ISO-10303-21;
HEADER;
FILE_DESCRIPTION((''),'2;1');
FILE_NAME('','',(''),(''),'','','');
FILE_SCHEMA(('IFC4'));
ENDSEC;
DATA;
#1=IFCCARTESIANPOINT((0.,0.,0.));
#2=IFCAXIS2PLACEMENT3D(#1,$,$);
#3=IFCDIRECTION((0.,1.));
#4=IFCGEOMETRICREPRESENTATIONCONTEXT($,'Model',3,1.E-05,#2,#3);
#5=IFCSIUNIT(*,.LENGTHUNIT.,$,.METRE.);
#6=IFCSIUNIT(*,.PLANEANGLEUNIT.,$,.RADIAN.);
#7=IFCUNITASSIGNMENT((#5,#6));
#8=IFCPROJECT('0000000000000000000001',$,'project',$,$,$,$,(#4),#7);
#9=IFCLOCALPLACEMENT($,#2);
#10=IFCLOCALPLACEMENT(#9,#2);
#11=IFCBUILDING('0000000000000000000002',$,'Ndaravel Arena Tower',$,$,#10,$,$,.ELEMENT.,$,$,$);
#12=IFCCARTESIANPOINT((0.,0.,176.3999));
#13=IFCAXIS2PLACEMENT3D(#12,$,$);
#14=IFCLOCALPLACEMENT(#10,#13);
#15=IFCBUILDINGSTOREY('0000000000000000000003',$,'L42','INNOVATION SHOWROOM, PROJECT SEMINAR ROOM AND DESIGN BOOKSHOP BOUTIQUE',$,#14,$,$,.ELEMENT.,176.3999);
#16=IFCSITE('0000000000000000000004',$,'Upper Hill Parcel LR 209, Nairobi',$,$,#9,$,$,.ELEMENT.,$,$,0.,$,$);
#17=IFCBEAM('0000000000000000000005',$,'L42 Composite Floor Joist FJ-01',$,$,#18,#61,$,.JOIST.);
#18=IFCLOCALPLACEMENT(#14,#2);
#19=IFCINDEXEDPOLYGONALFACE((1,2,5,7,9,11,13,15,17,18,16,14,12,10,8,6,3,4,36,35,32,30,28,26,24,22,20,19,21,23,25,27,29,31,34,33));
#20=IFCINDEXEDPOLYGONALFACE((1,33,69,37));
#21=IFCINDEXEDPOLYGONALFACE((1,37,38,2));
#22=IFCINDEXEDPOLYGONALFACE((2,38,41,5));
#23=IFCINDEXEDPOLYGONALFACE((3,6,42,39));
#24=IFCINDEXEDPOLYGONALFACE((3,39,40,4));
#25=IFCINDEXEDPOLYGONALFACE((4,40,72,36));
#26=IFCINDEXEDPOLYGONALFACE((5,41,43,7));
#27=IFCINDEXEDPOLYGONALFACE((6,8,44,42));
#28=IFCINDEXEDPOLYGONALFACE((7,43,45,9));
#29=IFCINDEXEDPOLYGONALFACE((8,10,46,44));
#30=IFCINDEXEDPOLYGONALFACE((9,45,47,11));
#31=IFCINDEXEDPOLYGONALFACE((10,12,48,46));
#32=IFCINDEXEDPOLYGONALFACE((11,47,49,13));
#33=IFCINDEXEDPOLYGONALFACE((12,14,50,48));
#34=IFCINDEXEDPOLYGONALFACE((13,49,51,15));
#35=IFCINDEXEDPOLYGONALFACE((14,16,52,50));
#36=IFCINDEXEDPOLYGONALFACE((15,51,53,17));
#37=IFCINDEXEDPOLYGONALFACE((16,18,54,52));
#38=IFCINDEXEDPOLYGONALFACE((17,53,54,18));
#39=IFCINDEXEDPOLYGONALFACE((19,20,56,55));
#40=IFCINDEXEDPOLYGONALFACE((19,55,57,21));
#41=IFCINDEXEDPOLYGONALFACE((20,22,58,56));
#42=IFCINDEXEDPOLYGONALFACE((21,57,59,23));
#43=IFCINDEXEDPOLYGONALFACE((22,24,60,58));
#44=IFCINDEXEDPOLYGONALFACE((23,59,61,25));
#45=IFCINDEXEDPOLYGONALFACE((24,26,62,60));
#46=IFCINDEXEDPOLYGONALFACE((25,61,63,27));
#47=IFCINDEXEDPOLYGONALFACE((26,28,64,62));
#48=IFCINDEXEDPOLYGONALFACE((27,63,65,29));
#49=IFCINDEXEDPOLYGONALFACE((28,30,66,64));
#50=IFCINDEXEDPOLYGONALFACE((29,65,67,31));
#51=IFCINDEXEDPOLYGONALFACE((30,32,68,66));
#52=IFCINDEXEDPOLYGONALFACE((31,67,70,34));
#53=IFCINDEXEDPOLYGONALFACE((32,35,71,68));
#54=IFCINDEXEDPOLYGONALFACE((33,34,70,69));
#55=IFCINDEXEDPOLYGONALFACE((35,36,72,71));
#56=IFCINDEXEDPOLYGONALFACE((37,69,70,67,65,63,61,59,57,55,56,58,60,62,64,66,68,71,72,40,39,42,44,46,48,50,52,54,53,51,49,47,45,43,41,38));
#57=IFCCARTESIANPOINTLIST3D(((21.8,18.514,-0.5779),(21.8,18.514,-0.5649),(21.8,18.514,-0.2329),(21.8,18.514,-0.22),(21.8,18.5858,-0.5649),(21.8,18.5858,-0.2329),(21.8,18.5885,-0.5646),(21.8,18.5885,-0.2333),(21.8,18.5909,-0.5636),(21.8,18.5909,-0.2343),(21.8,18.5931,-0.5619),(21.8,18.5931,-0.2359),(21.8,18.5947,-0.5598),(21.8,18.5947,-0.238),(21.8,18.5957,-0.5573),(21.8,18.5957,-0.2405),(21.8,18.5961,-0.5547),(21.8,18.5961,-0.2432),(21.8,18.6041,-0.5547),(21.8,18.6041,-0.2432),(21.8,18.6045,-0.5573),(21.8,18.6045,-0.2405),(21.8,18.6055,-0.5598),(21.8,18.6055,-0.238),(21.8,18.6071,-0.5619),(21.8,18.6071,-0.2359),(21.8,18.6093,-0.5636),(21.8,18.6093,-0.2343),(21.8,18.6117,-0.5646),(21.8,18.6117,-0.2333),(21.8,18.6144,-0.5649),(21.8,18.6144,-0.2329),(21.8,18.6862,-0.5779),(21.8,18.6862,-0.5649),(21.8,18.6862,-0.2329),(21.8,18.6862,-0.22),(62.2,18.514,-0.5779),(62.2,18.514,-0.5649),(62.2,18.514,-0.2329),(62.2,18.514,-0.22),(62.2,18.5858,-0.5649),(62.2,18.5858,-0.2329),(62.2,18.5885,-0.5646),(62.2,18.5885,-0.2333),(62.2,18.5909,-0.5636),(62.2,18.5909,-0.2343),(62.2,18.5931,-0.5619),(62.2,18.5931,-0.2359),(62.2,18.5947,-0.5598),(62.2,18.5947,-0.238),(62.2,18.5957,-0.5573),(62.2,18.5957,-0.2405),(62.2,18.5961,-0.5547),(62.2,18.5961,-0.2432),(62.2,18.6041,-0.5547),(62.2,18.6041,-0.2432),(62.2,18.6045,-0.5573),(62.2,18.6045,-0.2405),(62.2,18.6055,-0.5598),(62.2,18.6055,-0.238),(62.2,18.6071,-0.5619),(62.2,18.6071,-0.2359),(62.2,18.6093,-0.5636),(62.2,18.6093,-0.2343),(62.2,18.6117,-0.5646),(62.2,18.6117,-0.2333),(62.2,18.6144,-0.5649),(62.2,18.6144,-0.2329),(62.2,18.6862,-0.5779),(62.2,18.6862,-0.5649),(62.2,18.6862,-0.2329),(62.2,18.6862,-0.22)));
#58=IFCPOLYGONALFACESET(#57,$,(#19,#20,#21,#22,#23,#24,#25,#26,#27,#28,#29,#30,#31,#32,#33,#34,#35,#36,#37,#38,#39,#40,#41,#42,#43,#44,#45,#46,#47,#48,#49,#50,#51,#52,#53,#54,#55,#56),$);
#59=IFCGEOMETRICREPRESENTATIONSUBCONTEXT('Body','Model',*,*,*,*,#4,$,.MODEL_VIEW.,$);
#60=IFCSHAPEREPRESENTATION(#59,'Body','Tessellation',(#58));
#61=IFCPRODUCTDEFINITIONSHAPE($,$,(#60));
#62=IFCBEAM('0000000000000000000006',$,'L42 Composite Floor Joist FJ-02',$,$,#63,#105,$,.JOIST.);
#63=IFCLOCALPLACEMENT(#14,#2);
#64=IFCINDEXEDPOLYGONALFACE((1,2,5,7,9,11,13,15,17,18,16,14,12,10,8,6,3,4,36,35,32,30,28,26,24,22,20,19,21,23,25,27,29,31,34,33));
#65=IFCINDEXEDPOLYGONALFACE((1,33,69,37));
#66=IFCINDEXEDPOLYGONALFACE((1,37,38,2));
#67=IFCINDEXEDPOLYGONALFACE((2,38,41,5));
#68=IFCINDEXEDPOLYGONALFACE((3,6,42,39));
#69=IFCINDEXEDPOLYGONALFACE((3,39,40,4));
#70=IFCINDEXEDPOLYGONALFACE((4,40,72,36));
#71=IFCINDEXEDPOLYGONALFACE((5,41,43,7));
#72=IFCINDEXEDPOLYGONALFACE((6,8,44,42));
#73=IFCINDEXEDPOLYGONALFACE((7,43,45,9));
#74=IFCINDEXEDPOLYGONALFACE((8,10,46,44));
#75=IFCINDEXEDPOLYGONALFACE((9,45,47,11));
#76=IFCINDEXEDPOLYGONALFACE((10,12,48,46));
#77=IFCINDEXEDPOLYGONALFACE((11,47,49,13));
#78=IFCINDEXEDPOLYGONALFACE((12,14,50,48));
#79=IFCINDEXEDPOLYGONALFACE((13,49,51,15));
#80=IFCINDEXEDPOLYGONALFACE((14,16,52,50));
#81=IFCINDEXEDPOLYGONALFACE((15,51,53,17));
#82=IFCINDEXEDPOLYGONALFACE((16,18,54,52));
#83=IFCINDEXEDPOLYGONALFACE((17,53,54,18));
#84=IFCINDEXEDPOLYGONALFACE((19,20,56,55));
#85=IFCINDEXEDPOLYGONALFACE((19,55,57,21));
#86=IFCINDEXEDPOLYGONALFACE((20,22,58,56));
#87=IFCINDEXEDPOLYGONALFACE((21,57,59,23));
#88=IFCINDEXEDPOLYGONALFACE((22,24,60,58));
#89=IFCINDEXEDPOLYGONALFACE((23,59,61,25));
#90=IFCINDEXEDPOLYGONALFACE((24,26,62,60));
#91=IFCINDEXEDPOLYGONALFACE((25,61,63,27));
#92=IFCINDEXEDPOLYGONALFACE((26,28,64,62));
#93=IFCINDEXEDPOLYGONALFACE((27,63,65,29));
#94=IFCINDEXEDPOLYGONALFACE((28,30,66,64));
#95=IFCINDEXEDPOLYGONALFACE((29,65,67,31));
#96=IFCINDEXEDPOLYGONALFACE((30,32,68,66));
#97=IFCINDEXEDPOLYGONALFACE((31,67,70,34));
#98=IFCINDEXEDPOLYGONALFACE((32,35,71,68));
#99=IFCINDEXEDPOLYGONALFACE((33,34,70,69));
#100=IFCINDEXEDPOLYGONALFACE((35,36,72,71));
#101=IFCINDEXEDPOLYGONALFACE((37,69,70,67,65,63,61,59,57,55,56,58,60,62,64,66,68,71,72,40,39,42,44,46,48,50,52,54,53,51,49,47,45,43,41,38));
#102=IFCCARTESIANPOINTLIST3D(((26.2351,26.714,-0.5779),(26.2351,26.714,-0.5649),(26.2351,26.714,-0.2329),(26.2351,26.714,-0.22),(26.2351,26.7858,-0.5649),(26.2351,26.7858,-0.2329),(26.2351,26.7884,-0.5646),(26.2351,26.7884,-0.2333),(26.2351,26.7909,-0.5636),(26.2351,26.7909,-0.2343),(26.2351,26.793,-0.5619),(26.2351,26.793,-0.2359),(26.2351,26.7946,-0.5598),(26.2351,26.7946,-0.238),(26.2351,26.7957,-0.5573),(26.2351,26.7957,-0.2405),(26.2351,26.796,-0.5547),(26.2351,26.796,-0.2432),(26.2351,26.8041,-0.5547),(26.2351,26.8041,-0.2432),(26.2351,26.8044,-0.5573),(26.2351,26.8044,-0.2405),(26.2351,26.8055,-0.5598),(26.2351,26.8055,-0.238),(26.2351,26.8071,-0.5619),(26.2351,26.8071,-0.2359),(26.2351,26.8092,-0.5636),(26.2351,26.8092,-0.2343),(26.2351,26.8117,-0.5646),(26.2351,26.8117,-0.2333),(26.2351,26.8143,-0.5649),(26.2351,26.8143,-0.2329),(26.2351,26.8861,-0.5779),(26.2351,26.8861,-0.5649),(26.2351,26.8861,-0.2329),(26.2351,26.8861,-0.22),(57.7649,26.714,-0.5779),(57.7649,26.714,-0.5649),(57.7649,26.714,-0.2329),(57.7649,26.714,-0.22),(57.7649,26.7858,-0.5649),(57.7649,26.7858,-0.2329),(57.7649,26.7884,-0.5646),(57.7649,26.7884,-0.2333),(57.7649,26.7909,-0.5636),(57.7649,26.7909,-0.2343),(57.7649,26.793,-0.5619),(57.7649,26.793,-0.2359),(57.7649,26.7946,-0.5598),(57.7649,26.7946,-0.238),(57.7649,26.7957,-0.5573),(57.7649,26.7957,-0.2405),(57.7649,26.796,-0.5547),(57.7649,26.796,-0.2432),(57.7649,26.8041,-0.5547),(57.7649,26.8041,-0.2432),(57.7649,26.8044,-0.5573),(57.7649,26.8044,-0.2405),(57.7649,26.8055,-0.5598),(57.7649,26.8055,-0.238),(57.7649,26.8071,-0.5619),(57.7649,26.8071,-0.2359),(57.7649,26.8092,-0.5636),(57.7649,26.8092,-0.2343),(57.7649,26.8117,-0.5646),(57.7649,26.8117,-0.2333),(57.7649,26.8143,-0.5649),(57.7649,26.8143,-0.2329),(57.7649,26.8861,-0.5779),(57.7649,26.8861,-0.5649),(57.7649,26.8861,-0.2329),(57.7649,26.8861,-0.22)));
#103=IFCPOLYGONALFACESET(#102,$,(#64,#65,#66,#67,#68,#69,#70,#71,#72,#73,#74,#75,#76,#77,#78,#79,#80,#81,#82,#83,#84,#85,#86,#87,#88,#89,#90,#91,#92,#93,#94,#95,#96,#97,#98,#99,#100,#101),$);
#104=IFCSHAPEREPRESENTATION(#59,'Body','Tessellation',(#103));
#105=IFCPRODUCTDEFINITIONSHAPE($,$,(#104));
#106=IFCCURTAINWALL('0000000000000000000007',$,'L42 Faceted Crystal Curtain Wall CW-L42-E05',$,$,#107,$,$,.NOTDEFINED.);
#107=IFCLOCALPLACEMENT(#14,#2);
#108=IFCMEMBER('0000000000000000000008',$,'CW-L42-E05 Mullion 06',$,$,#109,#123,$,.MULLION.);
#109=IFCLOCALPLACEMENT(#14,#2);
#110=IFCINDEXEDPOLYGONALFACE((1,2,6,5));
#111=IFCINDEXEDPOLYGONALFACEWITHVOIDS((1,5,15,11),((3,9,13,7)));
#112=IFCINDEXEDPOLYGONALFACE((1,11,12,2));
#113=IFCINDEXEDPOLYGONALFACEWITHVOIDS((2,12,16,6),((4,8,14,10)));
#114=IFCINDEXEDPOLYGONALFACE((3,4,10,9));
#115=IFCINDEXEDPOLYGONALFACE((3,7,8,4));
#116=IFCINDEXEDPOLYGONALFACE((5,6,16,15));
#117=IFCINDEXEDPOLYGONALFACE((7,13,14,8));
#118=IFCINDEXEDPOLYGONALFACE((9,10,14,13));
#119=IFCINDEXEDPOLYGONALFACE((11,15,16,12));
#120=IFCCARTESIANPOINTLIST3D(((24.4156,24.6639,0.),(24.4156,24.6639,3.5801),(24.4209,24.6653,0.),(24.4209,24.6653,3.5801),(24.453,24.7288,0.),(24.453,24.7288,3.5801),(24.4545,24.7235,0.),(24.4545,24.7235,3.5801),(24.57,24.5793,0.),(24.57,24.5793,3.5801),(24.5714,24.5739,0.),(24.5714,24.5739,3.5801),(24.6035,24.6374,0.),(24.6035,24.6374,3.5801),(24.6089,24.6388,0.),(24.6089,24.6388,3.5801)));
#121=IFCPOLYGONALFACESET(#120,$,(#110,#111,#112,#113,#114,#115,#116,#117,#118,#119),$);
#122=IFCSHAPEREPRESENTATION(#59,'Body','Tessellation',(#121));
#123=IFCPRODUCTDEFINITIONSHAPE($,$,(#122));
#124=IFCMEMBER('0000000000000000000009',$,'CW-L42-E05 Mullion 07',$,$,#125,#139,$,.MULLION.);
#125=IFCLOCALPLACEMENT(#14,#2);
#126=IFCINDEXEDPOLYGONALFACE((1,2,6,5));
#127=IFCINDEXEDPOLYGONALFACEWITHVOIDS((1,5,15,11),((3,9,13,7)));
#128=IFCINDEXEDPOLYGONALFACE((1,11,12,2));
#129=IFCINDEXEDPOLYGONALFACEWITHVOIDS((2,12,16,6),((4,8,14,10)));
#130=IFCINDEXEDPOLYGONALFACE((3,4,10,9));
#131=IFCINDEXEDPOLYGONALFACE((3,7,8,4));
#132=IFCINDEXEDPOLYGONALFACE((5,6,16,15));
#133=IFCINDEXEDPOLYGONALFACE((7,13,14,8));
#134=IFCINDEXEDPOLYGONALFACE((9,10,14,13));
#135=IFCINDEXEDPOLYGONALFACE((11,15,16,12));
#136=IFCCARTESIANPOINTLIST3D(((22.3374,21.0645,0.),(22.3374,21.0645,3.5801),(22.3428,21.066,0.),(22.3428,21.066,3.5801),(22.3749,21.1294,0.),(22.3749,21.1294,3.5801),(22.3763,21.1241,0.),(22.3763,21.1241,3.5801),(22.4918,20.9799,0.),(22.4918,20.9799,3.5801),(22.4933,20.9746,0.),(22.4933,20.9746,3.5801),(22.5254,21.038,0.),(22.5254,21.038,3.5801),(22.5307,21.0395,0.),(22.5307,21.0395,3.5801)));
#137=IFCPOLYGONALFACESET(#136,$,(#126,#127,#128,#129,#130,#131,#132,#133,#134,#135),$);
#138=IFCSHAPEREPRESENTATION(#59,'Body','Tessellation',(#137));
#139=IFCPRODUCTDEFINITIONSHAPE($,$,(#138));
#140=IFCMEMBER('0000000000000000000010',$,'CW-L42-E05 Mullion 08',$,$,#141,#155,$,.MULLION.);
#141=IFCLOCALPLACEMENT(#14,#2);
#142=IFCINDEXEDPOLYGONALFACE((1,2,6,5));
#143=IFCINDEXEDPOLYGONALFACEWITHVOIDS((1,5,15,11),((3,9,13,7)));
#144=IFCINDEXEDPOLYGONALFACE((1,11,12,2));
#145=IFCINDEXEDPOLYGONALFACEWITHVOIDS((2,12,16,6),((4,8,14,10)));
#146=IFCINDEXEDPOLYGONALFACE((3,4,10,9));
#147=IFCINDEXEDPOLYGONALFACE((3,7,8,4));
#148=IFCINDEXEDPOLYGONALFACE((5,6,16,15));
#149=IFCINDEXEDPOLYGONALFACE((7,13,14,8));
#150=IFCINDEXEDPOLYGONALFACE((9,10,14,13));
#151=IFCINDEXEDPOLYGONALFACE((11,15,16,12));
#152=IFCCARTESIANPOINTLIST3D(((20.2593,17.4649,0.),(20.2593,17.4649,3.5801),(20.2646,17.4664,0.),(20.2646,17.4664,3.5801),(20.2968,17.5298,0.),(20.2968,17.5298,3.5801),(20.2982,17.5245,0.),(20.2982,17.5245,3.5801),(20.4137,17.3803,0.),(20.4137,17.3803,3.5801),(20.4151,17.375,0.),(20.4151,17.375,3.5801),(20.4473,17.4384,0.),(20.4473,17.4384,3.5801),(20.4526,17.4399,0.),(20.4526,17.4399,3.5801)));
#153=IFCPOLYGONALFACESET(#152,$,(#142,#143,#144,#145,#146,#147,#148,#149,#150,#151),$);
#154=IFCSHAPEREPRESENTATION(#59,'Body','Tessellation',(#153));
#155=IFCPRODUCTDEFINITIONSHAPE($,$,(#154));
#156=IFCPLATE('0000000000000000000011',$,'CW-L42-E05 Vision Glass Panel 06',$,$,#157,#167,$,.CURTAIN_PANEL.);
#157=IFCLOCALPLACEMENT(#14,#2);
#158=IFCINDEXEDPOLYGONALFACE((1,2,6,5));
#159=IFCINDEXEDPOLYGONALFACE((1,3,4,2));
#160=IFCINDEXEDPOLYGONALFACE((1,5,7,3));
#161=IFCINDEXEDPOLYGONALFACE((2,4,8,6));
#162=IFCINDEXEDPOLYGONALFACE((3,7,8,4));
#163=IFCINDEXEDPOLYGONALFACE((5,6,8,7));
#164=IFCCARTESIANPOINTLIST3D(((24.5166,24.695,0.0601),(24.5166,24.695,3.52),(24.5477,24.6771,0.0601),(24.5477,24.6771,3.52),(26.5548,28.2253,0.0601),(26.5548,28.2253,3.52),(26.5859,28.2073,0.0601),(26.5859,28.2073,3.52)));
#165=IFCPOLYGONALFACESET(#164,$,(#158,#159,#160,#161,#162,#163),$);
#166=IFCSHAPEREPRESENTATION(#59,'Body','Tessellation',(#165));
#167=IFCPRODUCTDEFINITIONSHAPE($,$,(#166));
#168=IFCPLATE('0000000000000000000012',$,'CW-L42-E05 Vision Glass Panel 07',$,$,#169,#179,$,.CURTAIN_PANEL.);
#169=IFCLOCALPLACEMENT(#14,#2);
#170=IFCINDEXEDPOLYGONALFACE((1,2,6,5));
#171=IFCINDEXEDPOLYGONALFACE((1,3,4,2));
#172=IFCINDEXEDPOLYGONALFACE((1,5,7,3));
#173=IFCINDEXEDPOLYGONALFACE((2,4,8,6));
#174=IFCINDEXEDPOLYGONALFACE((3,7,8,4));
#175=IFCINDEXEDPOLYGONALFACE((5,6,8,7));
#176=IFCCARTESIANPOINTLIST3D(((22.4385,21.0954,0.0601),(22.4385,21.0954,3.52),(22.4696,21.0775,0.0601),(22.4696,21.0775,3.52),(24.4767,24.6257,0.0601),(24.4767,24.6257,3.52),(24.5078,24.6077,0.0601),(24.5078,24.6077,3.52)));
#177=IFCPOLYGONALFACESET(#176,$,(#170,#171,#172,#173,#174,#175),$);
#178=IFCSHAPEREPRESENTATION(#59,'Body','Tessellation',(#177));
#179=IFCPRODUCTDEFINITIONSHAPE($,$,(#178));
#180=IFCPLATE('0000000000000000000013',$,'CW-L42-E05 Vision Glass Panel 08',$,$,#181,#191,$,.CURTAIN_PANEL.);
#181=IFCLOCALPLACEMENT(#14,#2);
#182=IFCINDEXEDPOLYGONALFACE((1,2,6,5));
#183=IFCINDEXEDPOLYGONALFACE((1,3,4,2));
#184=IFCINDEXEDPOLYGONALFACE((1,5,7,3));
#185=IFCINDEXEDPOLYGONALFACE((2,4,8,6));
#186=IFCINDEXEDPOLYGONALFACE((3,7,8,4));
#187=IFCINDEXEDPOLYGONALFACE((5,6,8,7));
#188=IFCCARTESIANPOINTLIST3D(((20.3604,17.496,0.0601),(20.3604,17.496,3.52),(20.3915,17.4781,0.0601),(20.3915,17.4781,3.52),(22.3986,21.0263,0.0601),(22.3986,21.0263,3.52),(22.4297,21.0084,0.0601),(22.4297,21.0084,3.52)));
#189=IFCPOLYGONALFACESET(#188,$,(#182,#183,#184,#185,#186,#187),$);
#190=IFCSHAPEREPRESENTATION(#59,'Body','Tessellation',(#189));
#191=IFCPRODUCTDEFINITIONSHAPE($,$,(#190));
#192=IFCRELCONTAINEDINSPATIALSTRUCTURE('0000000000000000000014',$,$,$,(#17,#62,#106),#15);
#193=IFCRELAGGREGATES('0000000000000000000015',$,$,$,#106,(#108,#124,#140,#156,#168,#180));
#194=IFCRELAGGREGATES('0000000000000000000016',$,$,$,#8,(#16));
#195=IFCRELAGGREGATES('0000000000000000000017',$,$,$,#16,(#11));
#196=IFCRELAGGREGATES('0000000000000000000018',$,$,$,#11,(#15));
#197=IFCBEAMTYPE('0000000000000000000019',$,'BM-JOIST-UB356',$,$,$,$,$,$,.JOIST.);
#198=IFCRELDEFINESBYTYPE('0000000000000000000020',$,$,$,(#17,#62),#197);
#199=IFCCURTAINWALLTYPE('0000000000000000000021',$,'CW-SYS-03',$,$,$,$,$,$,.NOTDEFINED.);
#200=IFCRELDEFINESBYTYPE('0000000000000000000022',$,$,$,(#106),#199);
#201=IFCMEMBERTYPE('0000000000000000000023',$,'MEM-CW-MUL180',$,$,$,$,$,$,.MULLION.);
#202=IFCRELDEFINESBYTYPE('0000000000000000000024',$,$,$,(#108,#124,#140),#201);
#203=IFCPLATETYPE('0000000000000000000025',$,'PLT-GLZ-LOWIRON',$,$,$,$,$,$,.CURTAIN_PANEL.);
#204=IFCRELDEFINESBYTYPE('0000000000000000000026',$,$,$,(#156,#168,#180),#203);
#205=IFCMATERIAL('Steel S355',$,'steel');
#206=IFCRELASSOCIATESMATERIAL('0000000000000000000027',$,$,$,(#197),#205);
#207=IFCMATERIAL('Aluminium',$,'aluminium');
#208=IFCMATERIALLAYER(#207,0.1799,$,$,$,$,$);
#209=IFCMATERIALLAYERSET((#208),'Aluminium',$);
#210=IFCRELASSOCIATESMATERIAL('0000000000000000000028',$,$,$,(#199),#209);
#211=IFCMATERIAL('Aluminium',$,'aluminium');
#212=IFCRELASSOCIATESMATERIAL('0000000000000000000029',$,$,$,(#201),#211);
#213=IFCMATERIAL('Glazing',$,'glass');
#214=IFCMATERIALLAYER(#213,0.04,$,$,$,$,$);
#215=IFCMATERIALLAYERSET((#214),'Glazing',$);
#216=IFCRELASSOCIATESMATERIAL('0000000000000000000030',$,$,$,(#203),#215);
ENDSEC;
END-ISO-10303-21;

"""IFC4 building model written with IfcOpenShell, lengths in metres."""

from ifc_helpers import new_model, si_unit, direction, frame, origin, origin_2d, place, context, subcontext, project, spatial, rectangle, hollow_rectangle, i_section, extrude, material, layer, layer_set, material_profile, profile_set, type_object, element, aggregate, save


model = new_model("IFC4")

# Units and contexts
model_context = context("Model", 3, precision=1e-05, world=origin(), true_north=direction((0.0, 1.0)))
body_context = subcontext(model_context, "Body", "Model", "MODEL_VIEW")
ifc_project = project(units=[si_unit("LENGTHUNIT", "METRE"), si_unit("PLANEANGLEUNIT", "RADIAN")], contexts=[model_context])

# Site, building, storey
site_placement = place(None, origin())
site = spatial("IfcSite", under=ifc_project, at=site_placement, Name="Upper Hill Parcel LR 209, Nairobi", CompositionType="ELEMENT", RefElevation=0.0)
building_placement = place(site_placement, origin())
building = spatial("IfcBuilding", under=site, at=building_placement, Name="Ndaravel Arena Tower", CompositionType="ELEMENT")
storey_placement = place(building_placement, frame((0.0, 0.0, 176.3999)))
storey = spatial("IfcBuildingStorey", under=building, at=storey_placement, Name="L42", Description="INNOVATION SHOWROOM, PROJECT SEMINAR ROOM AND DESIGN BOOKSHOP BOUTIQUE", CompositionType="ELEMENT", Elevation=176.3999)

# Beams
ifc_material_1 = material(Name="Steel S355", Category="steel")
ifc_material_profile_1 = material_profile(ifc_material_1, i_section(OverallWidth=0.1721, OverallDepth=0.3579, WebThickness=0.0081, FlangeThickness=0.0129, FilletRadius=0.0103, at=origin_2d()), Name="UB 356x171x57")
ifc_profile_set_1 = profile_set([ifc_material_profile_1], Name="Steel S355")
beam_type = type_object("IfcBeamType", Name="BM-JOIST-UB356", PredefinedType="JOIST", material=ifc_profile_set_1)
beam_1_placement = place(storey_placement, frame((21.8, 18.6001, -0.3989), z_axis=(1.0, 0.0, 0.0), x_axis=(0.0, 1.0, 0.0)))
element("IfcBeam", 1, at=beam_1_placement, inside=storey, type_object=beam_type, Name="L42 Composite Floor Joist FJ-01", PredefinedType="JOIST", context=body_context, shape_type="SweptSolid", body=[
    extrude(i_section(OverallWidth=0.1721, OverallDepth=0.3579, WebThickness=0.0081, FlangeThickness=0.0129, FilletRadius=0.0103, at=origin_2d()), origin(), (0.0, 0.0, 1.0), 40.3999),
])
beam_2_placement = place(storey_placement, frame((26.2351, 26.8, -0.3989), z_axis=(1.0, 0.0, 0.0), x_axis=(0.0, 1.0, 0.0)))
element("IfcBeam", 2, at=beam_2_placement, inside=storey, type_object=beam_type, Name="L42 Composite Floor Joist FJ-02", PredefinedType="JOIST", context=body_context, shape_type="SweptSolid", body=[
    extrude(i_section(OverallWidth=0.1721, OverallDepth=0.3579, WebThickness=0.0081, FlangeThickness=0.0129, FilletRadius=0.0103, at=origin_2d()), origin(), (0.0, 0.0, 1.0), 31.5298),
])

# Curtain wall, members, plates
ifc_material_2 = material(Name="Aluminium", Category="aluminium")
ifc_layer_1 = layer(ifc_material_2, 0.1799)
ifc_layer_set_1 = layer_set([ifc_layer_1], Name="Aluminium")
curtain_wall_type = type_object("IfcCurtainWallType", Name="CW-SYS-03", PredefinedType="NOTDEFINED", material=ifc_layer_set_1)
curtain_wall_placement = place(storey_placement, origin())
curtain_wall = element("IfcCurtainWall", 3, at=curtain_wall_placement, inside=storey, type_object=curtain_wall_type, Name="L42 Faceted Crystal Curtain Wall CW-L42-E05", PredefinedType="NOTDEFINED")
ifc_material_3 = material(Name="Aluminium", Category="aluminium")
ifc_material_profile_2 = material_profile(ifc_material_3, hollow_rectangle(XDim=0.075, YDim=0.1799, WallThickness=0.0039, at=origin_2d()), Name="CW MULLION 75x180x4")
ifc_profile_set_2 = profile_set([ifc_material_profile_2], Name="Aluminium")
member_type = type_object("IfcMemberType", Name="MEM-CW-MUL180", PredefinedType="MULLION", material=ifc_profile_set_2)
member_1_placement = place(storey_placement, frame((24.5122, 24.6514, 0.0), z_axis=(0.0, 0.0, 1.0), x_axis=(-0.5, -0.866025, 0.0)))
member_1 = element("IfcMember", 4, at=member_1_placement, type_object=member_type, Name="CW-L42-E05 Mullion 06", PredefinedType="MULLION", context=body_context, shape_type="SweptSolid", body=[
    extrude(hollow_rectangle(XDim=0.075, YDim=0.1799, WallThickness=0.0039, at=origin_2d()), origin(), (0.0, 0.0, 1.0), 3.5801),
])
member_2_placement = place(storey_placement, frame((22.4341, 21.052, 0.0), z_axis=(0.0, 0.0, 1.0), x_axis=(-0.5, -0.866025, 0.0)))
member_2 = element("IfcMember", 5, at=member_2_placement, type_object=member_type, Name="CW-L42-E05 Mullion 07", PredefinedType="MULLION", context=body_context, shape_type="SweptSolid", body=[
    extrude(hollow_rectangle(XDim=0.075, YDim=0.1799, WallThickness=0.0039, at=origin_2d()), origin(), (0.0, 0.0, 1.0), 3.5801),
])
member_3_placement = place(storey_placement, frame((20.356, 17.4524, 0.0), z_axis=(0.0, 0.0, 1.0), x_axis=(-0.5, -0.866025, 0.0)))
member_3 = element("IfcMember", 6, at=member_3_placement, type_object=member_type, Name="CW-L42-E05 Mullion 08", PredefinedType="MULLION", context=body_context, shape_type="SweptSolid", body=[
    extrude(hollow_rectangle(XDim=0.075, YDim=0.1799, WallThickness=0.0039, at=origin_2d()), origin(), (0.0, 0.0, 1.0), 3.5801),
])
ifc_material_4 = material(Name="Glazing", Category="glass")
ifc_layer_2 = layer(ifc_material_4, 0.04)
ifc_layer_set_2 = layer_set([ifc_layer_2], Name="Glazing")
plate_type = type_object("IfcPlateType", Name="PLT-GLZ-LOWIRON", PredefinedType="CURTAIN_PANEL", material=ifc_layer_set_2)
plate_1_placement = place(storey_placement, frame((25.5513, 26.4512, 0.0601), z_axis=(0.0, 0.0, 1.0), x_axis=(-0.5, -0.866025, 0.0)))
plate_1 = element("IfcPlate", 7, at=plate_1_placement, type_object=plate_type, Name="CW-L42-E05 Vision Glass Panel 06", PredefinedType="CURTAIN_PANEL", context=body_context, shape_type="SweptSolid", body=[
    extrude(rectangle(XDim=4.0764, YDim=0.0359, at=origin_2d()), origin(), (0.0, 0.0, 1.0), 3.46),
])
plate_2_placement = place(storey_placement, frame((23.4731, 22.8516, 0.0601), z_axis=(0.0, 0.0, 1.0), x_axis=(-0.5, -0.866025, 0.0)))
plate_2 = element("IfcPlate", 8, at=plate_2_placement, type_object=plate_type, Name="CW-L42-E05 Vision Glass Panel 07", PredefinedType="CURTAIN_PANEL", context=body_context, shape_type="SweptSolid", body=[
    extrude(rectangle(XDim=4.0764, YDim=0.0359, at=origin_2d()), origin(), (0.0, 0.0, 1.0), 3.46),
])
plate_3_placement = place(storey_placement, frame((21.395, 19.2522, 0.0601), z_axis=(0.0, 0.0, 1.0), x_axis=(-0.5, -0.866025, 0.0)))
plate_3 = element("IfcPlate", 9, at=plate_3_placement, type_object=plate_type, Name="CW-L42-E05 Vision Glass Panel 08", PredefinedType="CURTAIN_PANEL", context=body_context, shape_type="SweptSolid", body=[
    extrude(rectangle(XDim=4.0764, YDim=0.0359, at=origin_2d()), origin(), (0.0, 0.0, 1.0), 3.46),
])
aggregate(curtain_wall, [member_1, member_2, member_3, plate_1, plate_2, plate_3])

save(model, "model.ifc")
